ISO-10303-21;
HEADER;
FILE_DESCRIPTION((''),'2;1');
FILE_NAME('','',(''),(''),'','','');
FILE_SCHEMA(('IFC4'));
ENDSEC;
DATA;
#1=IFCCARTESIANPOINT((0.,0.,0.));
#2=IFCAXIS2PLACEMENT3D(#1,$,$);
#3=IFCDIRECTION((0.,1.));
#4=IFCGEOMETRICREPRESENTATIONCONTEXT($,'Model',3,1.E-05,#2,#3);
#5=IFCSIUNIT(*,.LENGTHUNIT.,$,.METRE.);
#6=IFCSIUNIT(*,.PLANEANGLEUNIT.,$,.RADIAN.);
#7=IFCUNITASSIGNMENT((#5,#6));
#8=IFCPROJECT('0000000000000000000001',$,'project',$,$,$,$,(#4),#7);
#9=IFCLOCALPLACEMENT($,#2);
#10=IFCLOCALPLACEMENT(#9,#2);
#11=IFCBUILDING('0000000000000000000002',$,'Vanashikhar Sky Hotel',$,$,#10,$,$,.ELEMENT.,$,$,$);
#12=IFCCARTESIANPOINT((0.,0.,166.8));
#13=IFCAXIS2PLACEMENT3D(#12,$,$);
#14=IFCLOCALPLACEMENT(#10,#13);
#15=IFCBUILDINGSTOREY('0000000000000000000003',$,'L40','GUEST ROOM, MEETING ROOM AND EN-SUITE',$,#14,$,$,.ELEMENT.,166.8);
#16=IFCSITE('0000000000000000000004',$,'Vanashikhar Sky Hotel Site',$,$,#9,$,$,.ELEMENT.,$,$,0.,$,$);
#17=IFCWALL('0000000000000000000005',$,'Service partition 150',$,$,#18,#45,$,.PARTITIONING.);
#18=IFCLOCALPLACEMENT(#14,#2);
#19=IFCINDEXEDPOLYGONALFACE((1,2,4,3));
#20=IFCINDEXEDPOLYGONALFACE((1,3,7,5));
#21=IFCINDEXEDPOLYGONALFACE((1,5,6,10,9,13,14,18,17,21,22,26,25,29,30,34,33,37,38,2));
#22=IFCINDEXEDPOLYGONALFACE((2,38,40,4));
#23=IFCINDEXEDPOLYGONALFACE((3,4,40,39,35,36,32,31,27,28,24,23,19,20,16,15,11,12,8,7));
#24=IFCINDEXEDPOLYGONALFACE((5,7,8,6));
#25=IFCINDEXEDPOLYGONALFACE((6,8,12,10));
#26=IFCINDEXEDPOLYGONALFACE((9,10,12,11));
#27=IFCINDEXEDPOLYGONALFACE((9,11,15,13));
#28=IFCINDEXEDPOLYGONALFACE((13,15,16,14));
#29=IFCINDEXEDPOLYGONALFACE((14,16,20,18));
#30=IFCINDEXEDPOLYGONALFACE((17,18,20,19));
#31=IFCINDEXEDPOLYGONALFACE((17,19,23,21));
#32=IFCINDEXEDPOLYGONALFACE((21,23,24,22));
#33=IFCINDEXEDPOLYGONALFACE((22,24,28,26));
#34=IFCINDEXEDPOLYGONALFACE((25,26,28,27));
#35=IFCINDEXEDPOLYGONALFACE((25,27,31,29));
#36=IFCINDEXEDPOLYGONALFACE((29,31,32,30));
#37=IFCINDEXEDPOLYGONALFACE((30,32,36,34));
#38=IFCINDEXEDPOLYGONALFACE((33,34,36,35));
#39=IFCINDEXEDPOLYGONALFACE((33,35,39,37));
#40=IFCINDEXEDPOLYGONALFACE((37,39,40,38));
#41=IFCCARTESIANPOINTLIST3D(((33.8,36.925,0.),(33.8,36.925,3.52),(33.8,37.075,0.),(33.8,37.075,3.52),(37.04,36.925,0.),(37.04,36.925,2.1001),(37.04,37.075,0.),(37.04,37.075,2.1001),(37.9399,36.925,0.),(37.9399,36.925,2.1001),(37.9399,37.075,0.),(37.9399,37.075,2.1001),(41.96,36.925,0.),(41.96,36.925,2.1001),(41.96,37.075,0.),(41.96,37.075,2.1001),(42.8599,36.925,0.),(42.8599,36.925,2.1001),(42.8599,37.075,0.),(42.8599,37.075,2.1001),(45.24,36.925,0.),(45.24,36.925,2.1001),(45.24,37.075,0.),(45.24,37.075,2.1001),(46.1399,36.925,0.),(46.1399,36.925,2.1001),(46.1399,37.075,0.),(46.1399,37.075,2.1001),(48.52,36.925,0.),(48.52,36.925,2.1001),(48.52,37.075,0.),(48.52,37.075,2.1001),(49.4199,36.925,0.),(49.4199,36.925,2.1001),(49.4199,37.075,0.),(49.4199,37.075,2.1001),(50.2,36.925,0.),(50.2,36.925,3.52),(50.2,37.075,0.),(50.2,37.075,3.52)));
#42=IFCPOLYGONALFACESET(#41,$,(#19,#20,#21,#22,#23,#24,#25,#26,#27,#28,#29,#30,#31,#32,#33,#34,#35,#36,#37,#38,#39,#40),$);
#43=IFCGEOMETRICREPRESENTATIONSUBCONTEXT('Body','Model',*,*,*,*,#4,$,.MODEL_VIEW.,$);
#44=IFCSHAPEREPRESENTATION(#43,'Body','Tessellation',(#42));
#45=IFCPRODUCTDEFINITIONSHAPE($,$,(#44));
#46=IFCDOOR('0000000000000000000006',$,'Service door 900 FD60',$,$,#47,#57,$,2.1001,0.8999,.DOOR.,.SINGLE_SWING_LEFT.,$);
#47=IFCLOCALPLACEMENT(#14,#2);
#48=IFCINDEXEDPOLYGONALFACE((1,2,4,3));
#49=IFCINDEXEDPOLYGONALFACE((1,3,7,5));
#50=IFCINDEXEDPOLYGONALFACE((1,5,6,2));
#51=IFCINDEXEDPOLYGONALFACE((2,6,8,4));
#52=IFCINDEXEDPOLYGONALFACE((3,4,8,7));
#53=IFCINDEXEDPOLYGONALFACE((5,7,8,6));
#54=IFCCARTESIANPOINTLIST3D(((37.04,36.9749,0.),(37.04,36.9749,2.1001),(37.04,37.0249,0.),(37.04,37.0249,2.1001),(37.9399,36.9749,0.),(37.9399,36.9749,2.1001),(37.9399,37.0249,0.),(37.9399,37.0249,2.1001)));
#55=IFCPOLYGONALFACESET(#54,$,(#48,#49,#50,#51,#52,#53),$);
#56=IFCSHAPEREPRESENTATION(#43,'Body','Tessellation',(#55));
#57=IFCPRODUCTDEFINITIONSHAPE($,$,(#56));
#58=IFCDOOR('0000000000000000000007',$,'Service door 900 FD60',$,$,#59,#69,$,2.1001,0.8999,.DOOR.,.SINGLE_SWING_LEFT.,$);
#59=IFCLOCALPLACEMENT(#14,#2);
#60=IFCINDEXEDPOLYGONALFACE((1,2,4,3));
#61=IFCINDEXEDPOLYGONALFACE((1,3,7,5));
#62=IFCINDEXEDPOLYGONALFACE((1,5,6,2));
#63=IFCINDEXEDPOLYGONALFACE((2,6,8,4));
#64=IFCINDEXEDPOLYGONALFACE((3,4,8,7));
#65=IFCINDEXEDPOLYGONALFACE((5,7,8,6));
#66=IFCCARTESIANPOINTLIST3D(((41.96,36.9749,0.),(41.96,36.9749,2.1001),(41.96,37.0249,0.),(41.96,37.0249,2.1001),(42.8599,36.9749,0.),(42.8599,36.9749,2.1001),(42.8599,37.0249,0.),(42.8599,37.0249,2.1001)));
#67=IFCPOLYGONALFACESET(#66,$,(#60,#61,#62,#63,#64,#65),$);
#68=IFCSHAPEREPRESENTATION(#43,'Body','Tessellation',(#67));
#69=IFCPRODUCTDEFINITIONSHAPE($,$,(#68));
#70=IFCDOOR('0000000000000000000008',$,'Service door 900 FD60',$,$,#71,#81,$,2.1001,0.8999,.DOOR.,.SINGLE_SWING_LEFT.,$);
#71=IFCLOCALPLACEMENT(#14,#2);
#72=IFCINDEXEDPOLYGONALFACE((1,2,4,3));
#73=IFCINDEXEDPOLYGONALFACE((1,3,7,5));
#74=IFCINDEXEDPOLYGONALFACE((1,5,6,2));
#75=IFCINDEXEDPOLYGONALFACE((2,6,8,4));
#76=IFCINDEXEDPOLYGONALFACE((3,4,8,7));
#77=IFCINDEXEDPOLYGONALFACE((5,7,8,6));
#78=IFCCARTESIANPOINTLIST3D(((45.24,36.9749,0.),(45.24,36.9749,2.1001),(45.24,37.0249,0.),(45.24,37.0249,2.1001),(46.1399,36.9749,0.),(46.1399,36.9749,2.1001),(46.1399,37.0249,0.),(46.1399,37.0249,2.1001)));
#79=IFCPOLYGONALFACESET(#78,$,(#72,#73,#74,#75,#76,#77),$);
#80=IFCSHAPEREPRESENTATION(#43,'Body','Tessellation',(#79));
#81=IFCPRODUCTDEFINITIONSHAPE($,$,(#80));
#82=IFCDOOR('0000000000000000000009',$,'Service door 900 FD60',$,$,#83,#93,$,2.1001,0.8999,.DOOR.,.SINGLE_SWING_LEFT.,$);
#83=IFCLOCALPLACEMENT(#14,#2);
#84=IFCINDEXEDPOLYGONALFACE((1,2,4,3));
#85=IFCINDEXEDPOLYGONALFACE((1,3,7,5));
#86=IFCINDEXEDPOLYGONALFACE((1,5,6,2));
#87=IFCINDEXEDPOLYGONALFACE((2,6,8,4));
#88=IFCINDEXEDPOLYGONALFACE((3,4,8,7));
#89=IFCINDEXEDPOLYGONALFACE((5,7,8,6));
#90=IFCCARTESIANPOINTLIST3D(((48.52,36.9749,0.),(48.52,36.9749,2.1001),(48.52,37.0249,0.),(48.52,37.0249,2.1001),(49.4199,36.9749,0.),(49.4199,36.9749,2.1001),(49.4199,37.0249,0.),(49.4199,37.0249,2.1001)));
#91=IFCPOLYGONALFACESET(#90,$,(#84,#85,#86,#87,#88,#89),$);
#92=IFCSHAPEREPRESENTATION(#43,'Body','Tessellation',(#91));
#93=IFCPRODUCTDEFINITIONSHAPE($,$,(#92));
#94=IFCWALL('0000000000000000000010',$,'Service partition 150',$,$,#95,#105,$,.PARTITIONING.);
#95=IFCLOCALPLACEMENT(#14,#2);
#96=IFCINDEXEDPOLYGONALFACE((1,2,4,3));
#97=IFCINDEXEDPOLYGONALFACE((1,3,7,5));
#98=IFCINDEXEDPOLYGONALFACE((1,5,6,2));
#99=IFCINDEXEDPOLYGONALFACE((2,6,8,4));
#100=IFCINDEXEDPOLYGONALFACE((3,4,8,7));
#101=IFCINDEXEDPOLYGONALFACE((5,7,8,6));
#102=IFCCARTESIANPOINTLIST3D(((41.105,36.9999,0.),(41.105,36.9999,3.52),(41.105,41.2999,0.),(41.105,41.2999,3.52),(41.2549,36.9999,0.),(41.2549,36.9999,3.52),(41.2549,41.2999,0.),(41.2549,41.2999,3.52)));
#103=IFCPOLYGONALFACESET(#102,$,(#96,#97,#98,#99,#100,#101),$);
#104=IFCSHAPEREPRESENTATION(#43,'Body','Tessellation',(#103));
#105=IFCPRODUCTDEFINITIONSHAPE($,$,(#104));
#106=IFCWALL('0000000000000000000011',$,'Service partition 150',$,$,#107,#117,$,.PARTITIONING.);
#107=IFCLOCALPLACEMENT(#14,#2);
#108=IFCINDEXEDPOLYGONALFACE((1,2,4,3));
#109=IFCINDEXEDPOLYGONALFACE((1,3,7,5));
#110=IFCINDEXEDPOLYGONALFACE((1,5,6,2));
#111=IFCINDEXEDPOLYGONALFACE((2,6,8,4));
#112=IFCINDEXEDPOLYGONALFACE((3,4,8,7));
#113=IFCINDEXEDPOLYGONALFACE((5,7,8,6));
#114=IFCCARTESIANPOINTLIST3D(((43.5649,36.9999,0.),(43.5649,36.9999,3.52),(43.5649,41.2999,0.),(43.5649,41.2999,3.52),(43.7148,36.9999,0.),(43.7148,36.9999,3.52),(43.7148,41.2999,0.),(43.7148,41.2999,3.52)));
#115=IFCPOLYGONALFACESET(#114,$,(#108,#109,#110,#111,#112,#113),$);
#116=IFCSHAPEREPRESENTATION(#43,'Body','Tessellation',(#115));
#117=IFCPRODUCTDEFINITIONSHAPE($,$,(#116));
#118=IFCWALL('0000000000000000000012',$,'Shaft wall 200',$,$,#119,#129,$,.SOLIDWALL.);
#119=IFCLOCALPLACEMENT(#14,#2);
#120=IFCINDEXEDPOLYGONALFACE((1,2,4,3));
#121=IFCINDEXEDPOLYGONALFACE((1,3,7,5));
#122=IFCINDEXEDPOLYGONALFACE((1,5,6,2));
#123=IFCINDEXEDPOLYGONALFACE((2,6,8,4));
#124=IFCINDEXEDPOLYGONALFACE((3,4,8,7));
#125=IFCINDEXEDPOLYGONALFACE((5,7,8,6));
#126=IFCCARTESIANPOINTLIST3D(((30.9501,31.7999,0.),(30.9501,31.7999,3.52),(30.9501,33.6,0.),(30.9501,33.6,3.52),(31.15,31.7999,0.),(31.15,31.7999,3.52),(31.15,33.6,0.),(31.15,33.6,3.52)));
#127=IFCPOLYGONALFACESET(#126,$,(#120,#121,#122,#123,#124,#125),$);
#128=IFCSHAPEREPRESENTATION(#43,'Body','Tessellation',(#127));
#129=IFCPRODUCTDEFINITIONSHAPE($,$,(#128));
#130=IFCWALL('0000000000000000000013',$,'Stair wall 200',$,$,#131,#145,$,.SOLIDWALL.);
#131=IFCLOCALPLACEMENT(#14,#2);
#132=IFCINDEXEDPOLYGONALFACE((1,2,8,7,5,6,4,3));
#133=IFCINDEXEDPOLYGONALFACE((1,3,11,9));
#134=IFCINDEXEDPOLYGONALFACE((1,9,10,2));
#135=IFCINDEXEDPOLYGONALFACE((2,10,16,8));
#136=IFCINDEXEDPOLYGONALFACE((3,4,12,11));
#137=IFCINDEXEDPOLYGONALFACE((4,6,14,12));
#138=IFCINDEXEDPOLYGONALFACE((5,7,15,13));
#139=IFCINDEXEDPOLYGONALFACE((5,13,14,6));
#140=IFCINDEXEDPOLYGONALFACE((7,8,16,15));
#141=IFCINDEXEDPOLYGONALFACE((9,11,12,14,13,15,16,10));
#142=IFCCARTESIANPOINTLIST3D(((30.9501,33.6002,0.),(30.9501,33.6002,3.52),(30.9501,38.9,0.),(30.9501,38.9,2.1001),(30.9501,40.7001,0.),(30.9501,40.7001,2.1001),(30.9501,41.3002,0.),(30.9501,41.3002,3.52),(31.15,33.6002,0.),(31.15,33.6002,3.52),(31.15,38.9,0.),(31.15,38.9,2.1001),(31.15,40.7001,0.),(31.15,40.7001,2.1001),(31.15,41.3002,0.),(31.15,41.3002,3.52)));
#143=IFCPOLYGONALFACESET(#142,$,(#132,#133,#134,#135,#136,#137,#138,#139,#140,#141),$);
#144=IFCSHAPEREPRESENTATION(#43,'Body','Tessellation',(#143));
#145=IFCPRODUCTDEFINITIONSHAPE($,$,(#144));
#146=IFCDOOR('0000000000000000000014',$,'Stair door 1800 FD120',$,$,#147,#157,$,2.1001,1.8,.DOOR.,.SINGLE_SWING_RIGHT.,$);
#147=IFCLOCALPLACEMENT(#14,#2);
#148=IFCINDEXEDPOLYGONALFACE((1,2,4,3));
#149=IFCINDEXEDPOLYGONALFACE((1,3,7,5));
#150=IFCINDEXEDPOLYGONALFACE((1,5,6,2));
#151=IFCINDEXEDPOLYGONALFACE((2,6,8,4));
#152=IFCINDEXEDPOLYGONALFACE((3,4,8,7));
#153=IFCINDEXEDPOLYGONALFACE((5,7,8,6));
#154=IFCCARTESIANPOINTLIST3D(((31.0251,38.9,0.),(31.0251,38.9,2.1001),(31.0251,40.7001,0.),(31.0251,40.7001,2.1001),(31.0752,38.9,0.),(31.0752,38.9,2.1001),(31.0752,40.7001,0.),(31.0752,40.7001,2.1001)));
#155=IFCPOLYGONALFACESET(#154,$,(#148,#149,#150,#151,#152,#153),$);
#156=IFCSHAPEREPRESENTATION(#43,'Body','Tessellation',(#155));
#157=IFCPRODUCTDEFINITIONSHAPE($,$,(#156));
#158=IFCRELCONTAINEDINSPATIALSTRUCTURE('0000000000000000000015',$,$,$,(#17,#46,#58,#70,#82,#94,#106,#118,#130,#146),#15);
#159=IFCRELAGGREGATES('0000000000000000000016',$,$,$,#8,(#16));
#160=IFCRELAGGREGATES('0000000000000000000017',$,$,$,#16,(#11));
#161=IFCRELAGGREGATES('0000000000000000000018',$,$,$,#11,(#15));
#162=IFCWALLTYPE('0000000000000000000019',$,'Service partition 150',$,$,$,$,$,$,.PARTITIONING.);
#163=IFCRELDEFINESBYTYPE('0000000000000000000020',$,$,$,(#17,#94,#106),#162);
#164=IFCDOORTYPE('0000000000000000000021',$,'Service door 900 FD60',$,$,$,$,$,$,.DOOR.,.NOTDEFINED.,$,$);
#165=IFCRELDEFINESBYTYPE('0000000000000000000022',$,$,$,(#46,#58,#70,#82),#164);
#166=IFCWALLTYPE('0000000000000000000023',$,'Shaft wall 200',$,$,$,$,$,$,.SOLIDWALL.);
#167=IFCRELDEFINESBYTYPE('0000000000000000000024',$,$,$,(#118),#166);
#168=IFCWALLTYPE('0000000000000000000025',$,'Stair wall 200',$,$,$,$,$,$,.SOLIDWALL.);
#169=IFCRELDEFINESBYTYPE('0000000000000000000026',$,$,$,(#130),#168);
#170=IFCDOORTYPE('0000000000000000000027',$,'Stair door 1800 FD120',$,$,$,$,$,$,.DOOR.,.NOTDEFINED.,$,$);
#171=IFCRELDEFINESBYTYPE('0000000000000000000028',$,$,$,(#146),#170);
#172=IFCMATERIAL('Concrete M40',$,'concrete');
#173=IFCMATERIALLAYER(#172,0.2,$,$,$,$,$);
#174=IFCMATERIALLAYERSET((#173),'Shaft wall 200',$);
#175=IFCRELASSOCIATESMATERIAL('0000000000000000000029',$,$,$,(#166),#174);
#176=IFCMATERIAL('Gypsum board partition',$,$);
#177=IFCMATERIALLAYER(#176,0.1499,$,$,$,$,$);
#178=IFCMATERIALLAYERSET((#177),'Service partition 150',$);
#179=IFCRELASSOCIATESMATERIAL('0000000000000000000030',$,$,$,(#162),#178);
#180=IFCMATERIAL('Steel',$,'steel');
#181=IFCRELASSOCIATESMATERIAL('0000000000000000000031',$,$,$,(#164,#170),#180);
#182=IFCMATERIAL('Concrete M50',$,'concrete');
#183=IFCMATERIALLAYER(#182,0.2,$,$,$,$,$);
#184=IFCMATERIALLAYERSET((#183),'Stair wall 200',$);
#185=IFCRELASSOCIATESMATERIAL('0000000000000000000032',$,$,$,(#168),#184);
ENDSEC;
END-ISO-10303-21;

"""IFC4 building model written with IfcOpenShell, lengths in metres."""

from ifc_helpers import new_model, si_unit, direction, frame, frame_2d, origin, place, context, subcontext, project, spatial, rectangle, extrude, source, transform, mapped, material, layer, layer_set, type_object, element, fill, save


model = new_model("IFC4")

# Units and contexts
model_context = context("Model", 3, precision=1e-05, world=origin(), true_north=direction((0.0, 1.0)))
body_context = subcontext(model_context, "Body", "Model", "MODEL_VIEW")
ifc_project = project(units=[si_unit("LENGTHUNIT", "METRE"), si_unit("PLANEANGLEUNIT", "RADIAN")], contexts=[model_context])

# Site, building, storey
site_placement = place(None, origin())
site = spatial("IfcSite", under=ifc_project, at=site_placement, Name="Vanashikhar Sky Hotel Site", CompositionType="ELEMENT", RefElevation=0.0)
building_placement = place(site_placement, origin())
building = spatial("IfcBuilding", under=site, at=building_placement, Name="Vanashikhar Sky Hotel", CompositionType="ELEMENT")
storey_placement = place(building_placement, frame((0.0, 0.0, 166.8)))
storey = spatial("IfcBuildingStorey", under=building, at=storey_placement, Name="L40", Description="GUEST ROOM, MEETING ROOM AND EN-SUITE", CompositionType="ELEMENT", Elevation=166.8)

# Shared definitions
ifc_material_1 = material(Name="Steel", Category="steel")

# Shared definitions
ifc_material_2 = material(Name="Concrete M40", Category="concrete")
ifc_layer_1 = layer(ifc_material_2, 0.2)
ifc_layer_set_1 = layer_set([ifc_layer_1], Name="Shaft wall 200")
wall_type_1 = type_object("IfcWallType", Name="Shaft wall 200", PredefinedType="SOLIDWALL", material=ifc_layer_set_1)
ifc_material_3 = material(Name="Gypsum board partition")
ifc_layer_2 = layer(ifc_material_3, 0.1499)
ifc_layer_set_2 = layer_set([ifc_layer_2], Name="Service partition 150")
wall_type_2 = type_object("IfcWallType", Name="Service partition 150", PredefinedType="PARTITIONING", material=ifc_layer_set_2)

# Wall, openings, doors
shared_shape_1 = source(origin(), body_context, "Body", "SweptSolid", [
    extrude(rectangle(XDim=0.8999, YDim=2.1001, at=frame_2d((0.45, 1.05))), frame((0.0, 0.085, 0.0), z_axis=(0.0, -1.0, 0.0), x_axis=(1.0, 0.0, 0.0)), (0.0, 0.0, 1.0), 0.1699),
])
door_type_1 = type_object("IfcDoorType", Name="Service door 900 FD60", OperationType="NOTDEFINED", PredefinedType="DOOR", material=ifc_material_1)
shared_shape_2 = source(origin(), body_context, "Body", "SweptSolid", [
    extrude(rectangle(XDim=0.8999, YDim=2.1001, at=frame_2d((0.45, 1.05))), frame((0.0, 0.0249, 0.0), z_axis=(0.0, -1.0, 0.0), x_axis=(1.0, 0.0, 0.0)), (0.0, 0.0, 1.0), 0.05),
])
shared_shape_3 = source(origin(), body_context, "Body", "SweptSolid", [
    extrude(rectangle(XDim=16.3999, YDim=0.1499, at=frame_2d((8.2, 0.0))), origin(), (0.0, 0.0, 1.0), 3.52),
])
wall_1_placement = place(storey_placement, frame((33.8, 37.0, 0.0), z_axis=(0.0, 0.0, 1.0), x_axis=(1.0, 0.0, 0.0)))
wall_1 = element("IfcWall", 1, at=wall_1_placement, inside=storey, type_object=wall_type_2, Name="Service partition 150", PredefinedType="PARTITIONING", context=body_context, shape_type="MappedRepresentation", body=[
    mapped(shared_shape_3, transform((0.0, 0.0, 0.0), scale=1.0)),
])
opening_1_placement = place(wall_1_placement, frame((3.24, 0.0, 0.0)))
opening_1 = element("IfcOpeningElement", 2, at=opening_1_placement, cuts=wall_1, PredefinedType="OPENING", context=body_context, shape_type="MappedRepresentation", body=[
    mapped(shared_shape_1, transform((0.0, 0.0, 0.0), scale=1.0)),
])
opening_2_placement = place(wall_1_placement, frame((8.1599, 0.0, 0.0)))
opening_2 = element("IfcOpeningElement", 3, at=opening_2_placement, cuts=wall_1, PredefinedType="OPENING", context=body_context, shape_type="MappedRepresentation", body=[
    mapped(shared_shape_1, transform((0.0, 0.0, 0.0), scale=1.0)),
])
opening_3_placement = place(wall_1_placement, frame((11.4399, 0.0, 0.0)))
opening_3 = element("IfcOpeningElement", 4, at=opening_3_placement, cuts=wall_1, PredefinedType="OPENING", context=body_context, shape_type="MappedRepresentation", body=[
    mapped(shared_shape_1, transform((0.0, 0.0, 0.0), scale=1.0)),
])
opening_4_placement = place(wall_1_placement, frame((14.72, 0.0, 0.0)))
opening_4 = element("IfcOpeningElement", 5, at=opening_4_placement, cuts=wall_1, PredefinedType="OPENING", context=body_context, shape_type="MappedRepresentation", body=[
    mapped(shared_shape_1, transform((0.0, 0.0, 0.0), scale=1.0)),
])
door_1_placement = place(opening_1_placement, origin())
door_1 = element("IfcDoor", 6, at=door_1_placement, inside=storey, type_object=door_type_1, Name="Service door 900 FD60", OperationType="SINGLE_SWING_LEFT", OverallHeight=2.1001, OverallWidth=0.8999, PredefinedType="DOOR", context=body_context, shape_type="MappedRepresentation", body=[
    mapped(shared_shape_2, transform((0.0, 0.0, 0.0), scale=1.0)),
])
fill(opening_1, door_1)
door_2_placement = place(opening_2_placement, origin())
door_2 = element("IfcDoor", 7, at=door_2_placement, inside=storey, type_object=door_type_1, Name="Service door 900 FD60", OperationType="SINGLE_SWING_LEFT", OverallHeight=2.1001, OverallWidth=0.8999, PredefinedType="DOOR", context=body_context, shape_type="MappedRepresentation", body=[
    mapped(shared_shape_2, transform((0.0, 0.0, 0.0), scale=1.0)),
])
fill(opening_2, door_2)
door_3_placement = place(opening_3_placement, origin())
door_3 = element("IfcDoor", 8, at=door_3_placement, inside=storey, type_object=door_type_1, Name="Service door 900 FD60", OperationType="SINGLE_SWING_LEFT", OverallHeight=2.1001, OverallWidth=0.8999, PredefinedType="DOOR", context=body_context, shape_type="MappedRepresentation", body=[
    mapped(shared_shape_2, transform((0.0, 0.0, 0.0), scale=1.0)),
])
fill(opening_3, door_3)
door_4_placement = place(opening_4_placement, origin())
door_4 = element("IfcDoor", 9, at=door_4_placement, inside=storey, type_object=door_type_1, Name="Service door 900 FD60", OperationType="SINGLE_SWING_LEFT", OverallHeight=2.1001, OverallWidth=0.8999, PredefinedType="DOOR", context=body_context, shape_type="MappedRepresentation", body=[
    mapped(shared_shape_2, transform((0.0, 0.0, 0.0), scale=1.0)),
])
fill(opening_4, door_4)

# Walls
shared_shape_4 = source(origin(), body_context, "Body", "SweptSolid", [
    extrude(rectangle(XDim=4.3, YDim=0.1499, at=frame_2d((2.1499, 0.0))), origin(), (0.0, 0.0, 1.0), 3.52),
])
for number, where, z_axis, x_axis, name in (
    (10, (41.1799, 37.0, 0.0), (0.0, 0.0, 1.0), (0.0, 1.0, 0.0), "Service partition 150"),
    (11, (43.6399, 37.0, 0.0), (0.0, 0.0, 1.0), (0.0, 1.0, 0.0), "Service partition 150"),
):
    element("IfcWall", number, at=place(storey_placement, frame(where, z_axis=z_axis, x_axis=x_axis)), inside=storey, type_object=wall_type_2, Name=name, PredefinedType="PARTITIONING", context=body_context, shape_type="MappedRepresentation", body=[
        mapped(shared_shape_4, transform((0.0, 0.0, 0.0), scale=1.0)),
    ])
shared_shape_5 = source(origin(), body_context, "Body", "SweptSolid", [
    extrude(rectangle(XDim=1.8, YDim=0.2, at=frame_2d((0.8999, 0.0))), origin(), (0.0, 0.0, 1.0), 3.52),
])
wall_2_placement = place(storey_placement, frame((31.05, 31.8, 0.0), z_axis=(0.0, 0.0, 1.0), x_axis=(0.0, 1.0, 0.0)))
element("IfcWall", 12, at=wall_2_placement, inside=storey, type_object=wall_type_1, Name="Shaft wall 200", PredefinedType="SOLIDWALL", context=body_context, shape_type="MappedRepresentation", body=[
    mapped(shared_shape_5, transform((0.0, 0.0, 0.0), scale=1.0)),
])

# Wall, opening, door
ifc_material_4 = material(Name="Concrete M50", Category="concrete")
ifc_layer_3 = layer(ifc_material_4, 0.2)
ifc_layer_set_3 = layer_set([ifc_layer_3], Name="Stair wall 200")
wall_type_3 = type_object("IfcWallType", Name="Stair wall 200", PredefinedType="SOLIDWALL", material=ifc_layer_set_3)
shared_shape_6 = source(origin(), body_context, "Body", "SweptSolid", [
    extrude(rectangle(XDim=7.7, YDim=0.2, at=frame_2d((3.8501, 0.0))), origin(), (0.0, 0.0, 1.0), 3.52),
])
wall_3_placement = place(storey_placement, frame((31.05, 33.6001, 0.0), z_axis=(0.0, 0.0, 1.0), x_axis=(0.0, 1.0, 0.0)))
wall_3 = element("IfcWall", 13, at=wall_3_placement, inside=storey, type_object=wall_type_3, Name="Stair wall 200", PredefinedType="SOLIDWALL", context=body_context, shape_type="MappedRepresentation", body=[
    mapped(shared_shape_6, transform((0.0, 0.0, 0.0), scale=1.0)),
])
shared_shape_7 = source(origin(), body_context, "Body", "SweptSolid", [
    extrude(rectangle(XDim=1.8, YDim=2.1001, at=frame_2d((0.8999, 1.05))), frame((0.0, 0.1099, 0.0), z_axis=(0.0, -1.0, 0.0), x_axis=(1.0, 0.0, 0.0)), (0.0, 0.0, 1.0), 0.22),
])
opening_5_placement = place(wall_3_placement, frame((5.3, 0.0, 0.0)))
opening_5 = element("IfcOpeningElement", 14, at=opening_5_placement, cuts=wall_3, PredefinedType="OPENING", context=body_context, shape_type="MappedRepresentation", body=[
    mapped(shared_shape_7, transform((0.0, 0.0, 0.0), scale=1.0)),
])
door_type_2 = type_object("IfcDoorType", Name="Stair door 1800 FD120", OperationType="NOTDEFINED", PredefinedType="DOOR", material=ifc_material_1)
shared_shape_8 = source(origin(), body_context, "Body", "SweptSolid", [
    extrude(rectangle(XDim=1.8, YDim=2.1001, at=frame_2d((0.8999, 1.05))), frame((0.0, 0.0249, 0.0), z_axis=(0.0, -1.0, 0.0), x_axis=(1.0, 0.0, 0.0)), (0.0, 0.0, 1.0), 0.05),
])
door_5_placement = place(opening_5_placement, origin())
door_5 = element("IfcDoor", 15, at=door_5_placement, inside=storey, type_object=door_type_2, Name="Stair door 1800 FD120", OperationType="SINGLE_SWING_RIGHT", OverallHeight=2.1001, OverallWidth=1.8, PredefinedType="DOOR", context=body_context, shape_type="MappedRepresentation", body=[
    mapped(shared_shape_8, transform((0.0, 0.0, 0.0), scale=1.0)),
])
fill(opening_5, door_5)

save(model, "model.ifc")
